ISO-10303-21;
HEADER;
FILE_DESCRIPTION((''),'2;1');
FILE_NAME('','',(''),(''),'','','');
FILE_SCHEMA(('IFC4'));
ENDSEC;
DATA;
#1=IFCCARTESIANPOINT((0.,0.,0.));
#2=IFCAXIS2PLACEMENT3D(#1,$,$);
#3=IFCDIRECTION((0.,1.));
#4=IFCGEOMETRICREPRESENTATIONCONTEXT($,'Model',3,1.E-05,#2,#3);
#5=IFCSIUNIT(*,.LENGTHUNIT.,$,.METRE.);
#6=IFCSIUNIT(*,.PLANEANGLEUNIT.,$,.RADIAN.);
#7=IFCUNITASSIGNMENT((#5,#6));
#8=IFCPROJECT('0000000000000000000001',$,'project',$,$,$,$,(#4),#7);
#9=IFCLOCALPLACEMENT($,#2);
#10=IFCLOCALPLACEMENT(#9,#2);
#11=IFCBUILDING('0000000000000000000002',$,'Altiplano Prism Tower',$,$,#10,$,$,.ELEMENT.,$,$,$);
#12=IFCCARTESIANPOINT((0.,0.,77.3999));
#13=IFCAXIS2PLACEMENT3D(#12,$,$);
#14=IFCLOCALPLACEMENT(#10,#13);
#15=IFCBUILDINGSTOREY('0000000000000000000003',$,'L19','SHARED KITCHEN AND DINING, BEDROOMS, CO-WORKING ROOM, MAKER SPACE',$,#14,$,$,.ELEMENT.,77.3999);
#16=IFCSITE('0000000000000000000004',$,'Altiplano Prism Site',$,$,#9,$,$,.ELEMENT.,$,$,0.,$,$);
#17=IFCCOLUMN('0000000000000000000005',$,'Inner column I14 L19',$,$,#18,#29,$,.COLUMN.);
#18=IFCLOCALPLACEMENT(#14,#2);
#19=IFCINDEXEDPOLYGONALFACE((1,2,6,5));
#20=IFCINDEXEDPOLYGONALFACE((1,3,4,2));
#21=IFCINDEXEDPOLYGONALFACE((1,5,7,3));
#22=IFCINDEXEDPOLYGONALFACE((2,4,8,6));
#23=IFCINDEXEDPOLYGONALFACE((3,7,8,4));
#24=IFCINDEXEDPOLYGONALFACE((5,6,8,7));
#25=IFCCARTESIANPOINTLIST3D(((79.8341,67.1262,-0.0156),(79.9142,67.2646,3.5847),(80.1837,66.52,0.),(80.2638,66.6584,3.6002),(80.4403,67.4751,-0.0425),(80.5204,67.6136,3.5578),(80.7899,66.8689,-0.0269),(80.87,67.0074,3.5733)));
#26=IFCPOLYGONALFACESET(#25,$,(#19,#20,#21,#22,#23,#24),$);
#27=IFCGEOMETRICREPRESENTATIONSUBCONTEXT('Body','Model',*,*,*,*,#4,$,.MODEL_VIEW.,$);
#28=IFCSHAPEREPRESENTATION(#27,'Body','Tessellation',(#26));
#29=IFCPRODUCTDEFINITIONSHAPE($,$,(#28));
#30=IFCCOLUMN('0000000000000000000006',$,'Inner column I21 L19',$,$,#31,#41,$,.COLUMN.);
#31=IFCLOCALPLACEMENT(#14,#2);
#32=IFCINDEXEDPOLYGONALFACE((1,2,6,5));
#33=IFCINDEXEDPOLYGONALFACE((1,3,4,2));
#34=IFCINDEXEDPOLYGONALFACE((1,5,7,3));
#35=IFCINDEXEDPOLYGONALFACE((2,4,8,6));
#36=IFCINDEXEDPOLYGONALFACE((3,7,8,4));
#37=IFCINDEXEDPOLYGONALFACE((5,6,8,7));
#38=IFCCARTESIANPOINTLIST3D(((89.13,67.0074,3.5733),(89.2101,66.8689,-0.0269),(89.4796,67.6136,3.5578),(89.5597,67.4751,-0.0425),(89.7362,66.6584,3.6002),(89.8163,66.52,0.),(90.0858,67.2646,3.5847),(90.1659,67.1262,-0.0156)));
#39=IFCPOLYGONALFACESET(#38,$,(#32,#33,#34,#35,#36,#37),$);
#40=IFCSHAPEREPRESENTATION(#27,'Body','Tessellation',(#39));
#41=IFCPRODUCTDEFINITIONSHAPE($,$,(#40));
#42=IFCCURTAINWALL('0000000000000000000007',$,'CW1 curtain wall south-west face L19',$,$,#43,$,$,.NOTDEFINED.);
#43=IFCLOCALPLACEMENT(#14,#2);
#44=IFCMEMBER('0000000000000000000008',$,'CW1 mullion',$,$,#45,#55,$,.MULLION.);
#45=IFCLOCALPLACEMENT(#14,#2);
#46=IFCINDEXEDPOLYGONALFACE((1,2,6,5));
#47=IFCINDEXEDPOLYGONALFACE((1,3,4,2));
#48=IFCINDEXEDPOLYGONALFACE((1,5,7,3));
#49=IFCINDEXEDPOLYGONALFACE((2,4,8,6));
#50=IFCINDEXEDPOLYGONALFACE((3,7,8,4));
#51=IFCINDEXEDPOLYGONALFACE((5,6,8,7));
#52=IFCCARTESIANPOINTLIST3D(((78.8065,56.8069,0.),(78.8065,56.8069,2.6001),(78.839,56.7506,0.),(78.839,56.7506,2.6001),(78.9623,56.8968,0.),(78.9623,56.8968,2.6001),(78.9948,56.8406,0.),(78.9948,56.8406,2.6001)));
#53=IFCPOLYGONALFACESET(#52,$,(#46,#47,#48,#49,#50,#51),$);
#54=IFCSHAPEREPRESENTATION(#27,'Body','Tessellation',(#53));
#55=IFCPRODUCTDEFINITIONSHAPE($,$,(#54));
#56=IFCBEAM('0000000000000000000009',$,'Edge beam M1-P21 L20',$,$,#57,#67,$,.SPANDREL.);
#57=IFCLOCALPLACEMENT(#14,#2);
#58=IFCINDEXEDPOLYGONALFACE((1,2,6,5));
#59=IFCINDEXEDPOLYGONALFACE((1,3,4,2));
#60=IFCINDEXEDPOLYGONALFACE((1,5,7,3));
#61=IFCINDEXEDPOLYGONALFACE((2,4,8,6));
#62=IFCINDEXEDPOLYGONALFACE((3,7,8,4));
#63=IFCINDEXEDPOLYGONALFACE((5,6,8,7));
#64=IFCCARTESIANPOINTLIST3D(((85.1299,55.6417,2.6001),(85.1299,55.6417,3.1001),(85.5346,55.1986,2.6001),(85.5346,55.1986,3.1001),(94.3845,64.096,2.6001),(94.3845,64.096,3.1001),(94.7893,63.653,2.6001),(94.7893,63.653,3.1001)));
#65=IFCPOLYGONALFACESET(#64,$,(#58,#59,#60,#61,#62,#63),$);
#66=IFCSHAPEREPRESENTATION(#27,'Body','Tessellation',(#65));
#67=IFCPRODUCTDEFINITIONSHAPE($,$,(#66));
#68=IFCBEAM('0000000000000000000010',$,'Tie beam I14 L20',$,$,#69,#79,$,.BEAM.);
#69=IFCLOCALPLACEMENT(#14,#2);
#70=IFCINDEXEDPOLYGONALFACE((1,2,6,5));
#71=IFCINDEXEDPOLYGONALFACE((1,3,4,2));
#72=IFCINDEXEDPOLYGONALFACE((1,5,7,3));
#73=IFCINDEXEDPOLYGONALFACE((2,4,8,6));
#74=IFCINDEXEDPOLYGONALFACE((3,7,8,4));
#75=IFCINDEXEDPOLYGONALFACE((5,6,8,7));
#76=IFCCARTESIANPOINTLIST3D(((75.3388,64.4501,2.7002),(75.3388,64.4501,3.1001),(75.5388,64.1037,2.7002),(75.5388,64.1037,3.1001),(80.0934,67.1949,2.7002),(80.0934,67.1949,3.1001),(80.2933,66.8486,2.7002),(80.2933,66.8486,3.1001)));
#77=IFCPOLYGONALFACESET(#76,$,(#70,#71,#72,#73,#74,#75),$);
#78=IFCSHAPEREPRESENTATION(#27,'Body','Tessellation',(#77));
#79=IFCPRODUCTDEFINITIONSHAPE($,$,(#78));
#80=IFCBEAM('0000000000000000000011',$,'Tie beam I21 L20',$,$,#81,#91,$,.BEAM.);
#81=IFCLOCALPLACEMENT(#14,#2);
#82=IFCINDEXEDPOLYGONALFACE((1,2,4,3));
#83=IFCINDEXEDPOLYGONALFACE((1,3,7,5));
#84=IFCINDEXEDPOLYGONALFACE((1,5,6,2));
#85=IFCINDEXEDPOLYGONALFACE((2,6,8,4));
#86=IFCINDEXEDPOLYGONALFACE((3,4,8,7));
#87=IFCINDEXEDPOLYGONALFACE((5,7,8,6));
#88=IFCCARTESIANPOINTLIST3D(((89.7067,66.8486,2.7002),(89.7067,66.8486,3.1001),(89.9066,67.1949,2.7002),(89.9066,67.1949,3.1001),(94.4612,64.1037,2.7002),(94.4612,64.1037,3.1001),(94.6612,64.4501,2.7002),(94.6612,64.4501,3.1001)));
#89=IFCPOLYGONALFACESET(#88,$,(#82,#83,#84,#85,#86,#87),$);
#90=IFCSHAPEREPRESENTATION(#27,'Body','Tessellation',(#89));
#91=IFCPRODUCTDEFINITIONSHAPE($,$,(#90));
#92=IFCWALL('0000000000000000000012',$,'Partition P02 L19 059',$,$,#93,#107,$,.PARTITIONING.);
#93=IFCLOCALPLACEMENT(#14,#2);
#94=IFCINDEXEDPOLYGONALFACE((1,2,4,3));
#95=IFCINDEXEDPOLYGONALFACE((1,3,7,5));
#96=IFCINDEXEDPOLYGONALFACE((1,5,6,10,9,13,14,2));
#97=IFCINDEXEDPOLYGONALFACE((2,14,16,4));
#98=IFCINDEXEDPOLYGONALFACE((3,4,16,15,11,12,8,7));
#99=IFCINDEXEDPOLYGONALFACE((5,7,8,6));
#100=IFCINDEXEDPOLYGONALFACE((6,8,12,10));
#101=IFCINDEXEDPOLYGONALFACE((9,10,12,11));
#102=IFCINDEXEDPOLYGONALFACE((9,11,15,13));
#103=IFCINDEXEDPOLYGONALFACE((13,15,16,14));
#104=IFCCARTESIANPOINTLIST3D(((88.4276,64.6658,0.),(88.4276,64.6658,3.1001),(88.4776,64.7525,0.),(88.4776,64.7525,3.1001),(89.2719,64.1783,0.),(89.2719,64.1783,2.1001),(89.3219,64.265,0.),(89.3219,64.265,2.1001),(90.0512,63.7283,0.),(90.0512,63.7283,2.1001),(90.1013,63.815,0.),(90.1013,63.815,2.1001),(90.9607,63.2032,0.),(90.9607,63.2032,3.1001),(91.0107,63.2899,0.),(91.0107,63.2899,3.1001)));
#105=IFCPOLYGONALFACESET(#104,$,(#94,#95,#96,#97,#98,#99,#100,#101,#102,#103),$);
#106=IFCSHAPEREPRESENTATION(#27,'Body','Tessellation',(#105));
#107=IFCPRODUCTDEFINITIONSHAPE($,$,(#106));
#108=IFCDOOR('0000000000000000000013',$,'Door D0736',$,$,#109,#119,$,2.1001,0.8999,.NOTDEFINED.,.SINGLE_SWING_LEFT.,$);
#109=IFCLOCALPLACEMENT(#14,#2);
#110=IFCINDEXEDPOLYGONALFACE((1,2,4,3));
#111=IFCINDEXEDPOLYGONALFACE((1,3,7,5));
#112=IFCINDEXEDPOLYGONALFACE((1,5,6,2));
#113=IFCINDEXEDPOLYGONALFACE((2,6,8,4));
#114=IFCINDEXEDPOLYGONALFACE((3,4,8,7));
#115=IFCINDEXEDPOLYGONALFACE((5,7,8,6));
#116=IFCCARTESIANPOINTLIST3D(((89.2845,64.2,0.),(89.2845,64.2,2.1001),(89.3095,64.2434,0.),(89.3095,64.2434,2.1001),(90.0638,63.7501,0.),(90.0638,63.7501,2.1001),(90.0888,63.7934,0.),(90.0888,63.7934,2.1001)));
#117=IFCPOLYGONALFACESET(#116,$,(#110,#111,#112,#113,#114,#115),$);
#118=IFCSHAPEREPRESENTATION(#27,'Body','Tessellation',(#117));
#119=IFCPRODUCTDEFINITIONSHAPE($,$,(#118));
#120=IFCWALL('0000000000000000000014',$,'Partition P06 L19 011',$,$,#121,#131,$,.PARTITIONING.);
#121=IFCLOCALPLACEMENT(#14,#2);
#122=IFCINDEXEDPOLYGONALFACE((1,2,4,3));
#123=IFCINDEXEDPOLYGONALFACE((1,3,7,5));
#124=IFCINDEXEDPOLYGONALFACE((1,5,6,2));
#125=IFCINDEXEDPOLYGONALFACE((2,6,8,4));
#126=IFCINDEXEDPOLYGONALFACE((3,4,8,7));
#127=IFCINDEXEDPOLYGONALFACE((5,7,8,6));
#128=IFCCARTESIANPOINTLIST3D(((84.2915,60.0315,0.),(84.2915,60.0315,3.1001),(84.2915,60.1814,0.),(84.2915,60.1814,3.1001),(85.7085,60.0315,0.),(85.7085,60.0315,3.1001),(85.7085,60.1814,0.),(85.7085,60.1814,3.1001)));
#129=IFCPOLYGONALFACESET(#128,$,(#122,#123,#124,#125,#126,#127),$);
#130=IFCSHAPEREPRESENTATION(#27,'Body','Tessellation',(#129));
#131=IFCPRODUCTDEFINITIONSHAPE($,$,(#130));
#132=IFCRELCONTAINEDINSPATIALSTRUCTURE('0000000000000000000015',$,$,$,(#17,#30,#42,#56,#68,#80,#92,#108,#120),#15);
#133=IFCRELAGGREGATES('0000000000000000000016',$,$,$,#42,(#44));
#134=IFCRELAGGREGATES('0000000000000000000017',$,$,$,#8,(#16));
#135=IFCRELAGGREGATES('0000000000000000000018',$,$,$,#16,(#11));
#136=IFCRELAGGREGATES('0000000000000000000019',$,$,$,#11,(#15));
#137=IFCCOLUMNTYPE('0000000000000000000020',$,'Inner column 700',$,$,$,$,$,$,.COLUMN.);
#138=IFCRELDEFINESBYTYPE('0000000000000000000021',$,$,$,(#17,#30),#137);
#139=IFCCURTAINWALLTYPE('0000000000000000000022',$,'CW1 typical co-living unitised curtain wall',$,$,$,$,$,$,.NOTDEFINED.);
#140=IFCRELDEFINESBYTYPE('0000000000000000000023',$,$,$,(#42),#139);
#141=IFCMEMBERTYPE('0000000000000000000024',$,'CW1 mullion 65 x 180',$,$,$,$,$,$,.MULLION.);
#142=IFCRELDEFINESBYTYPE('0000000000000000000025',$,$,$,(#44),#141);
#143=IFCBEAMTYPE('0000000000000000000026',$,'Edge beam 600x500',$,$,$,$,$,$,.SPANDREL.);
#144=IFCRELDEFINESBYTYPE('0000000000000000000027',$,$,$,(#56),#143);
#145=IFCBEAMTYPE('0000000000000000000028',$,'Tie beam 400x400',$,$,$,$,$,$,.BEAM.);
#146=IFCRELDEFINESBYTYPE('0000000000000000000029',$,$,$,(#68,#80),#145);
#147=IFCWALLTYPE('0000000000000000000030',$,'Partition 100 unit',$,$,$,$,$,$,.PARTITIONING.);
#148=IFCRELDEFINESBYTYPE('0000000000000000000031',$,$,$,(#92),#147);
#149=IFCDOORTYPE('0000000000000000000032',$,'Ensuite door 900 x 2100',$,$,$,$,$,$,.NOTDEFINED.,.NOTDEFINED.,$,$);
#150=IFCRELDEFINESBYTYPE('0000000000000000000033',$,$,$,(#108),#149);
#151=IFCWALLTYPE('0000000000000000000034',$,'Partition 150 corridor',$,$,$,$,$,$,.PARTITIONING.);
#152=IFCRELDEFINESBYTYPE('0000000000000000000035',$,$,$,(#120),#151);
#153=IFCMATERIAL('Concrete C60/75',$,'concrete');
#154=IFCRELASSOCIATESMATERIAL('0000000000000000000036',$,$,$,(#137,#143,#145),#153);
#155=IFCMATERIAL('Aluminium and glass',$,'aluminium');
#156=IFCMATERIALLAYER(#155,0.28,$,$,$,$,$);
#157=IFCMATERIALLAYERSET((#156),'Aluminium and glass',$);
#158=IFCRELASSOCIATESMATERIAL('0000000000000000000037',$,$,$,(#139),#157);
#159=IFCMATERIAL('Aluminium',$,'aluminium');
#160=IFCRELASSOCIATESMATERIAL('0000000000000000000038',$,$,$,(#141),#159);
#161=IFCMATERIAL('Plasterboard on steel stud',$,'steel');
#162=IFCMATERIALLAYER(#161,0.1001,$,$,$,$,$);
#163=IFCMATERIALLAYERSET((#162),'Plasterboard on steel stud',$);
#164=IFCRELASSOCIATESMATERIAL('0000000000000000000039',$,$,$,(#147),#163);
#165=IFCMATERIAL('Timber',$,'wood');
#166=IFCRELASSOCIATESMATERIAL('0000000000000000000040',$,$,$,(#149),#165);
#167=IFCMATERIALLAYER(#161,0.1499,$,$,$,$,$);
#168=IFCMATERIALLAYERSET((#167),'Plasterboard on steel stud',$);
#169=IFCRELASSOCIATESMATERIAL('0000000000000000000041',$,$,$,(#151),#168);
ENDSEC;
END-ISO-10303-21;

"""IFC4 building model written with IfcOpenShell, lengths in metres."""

from ifc_helpers import new_model, si_unit, direction, frame, frame_2d, origin, origin_2d, place, context, subcontext, project, spatial, rectangle, extrude, material, layer, layer_set, material_profile, profile_set, type_object, element, fill, aggregate, save


model = new_model("IFC4")

# Units and contexts
model_context = context("Model", 3, precision=1e-05, world=origin(), true_north=direction((0.0, 1.0)))
body_context = subcontext(model_context, "Body", "Model", "MODEL_VIEW")
ifc_project = project(units=[si_unit("LENGTHUNIT", "METRE"), si_unit("PLANEANGLEUNIT", "RADIAN")], contexts=[model_context])

# Site, building, storey
site_placement = place(None, origin())
site = spatial("IfcSite", under=ifc_project, at=site_placement, Name="Altiplano Prism Site", CompositionType="ELEMENT", RefElevation=0.0)
building_placement = place(site_placement, origin())
building = spatial("IfcBuilding", under=site, at=building_placement, Name="Altiplano Prism Tower", CompositionType="ELEMENT")
storey_placement = place(building_placement, frame((0.0, 0.0, 77.3999)))
storey = spatial("IfcBuildingStorey", under=building, at=storey_placement, Name="L19", Description="SHARED KITCHEN AND DINING, BEDROOMS, CO-WORKING ROOM, MAKER SPACE", CompositionType="ELEMENT", Elevation=77.3999)

# Columns
ifc_material_1 = material(Name="Concrete C60/75", Category="concrete")
ifc_material_profile_1 = material_profile(ifc_material_1, rectangle(XDim=0.7, YDim=0.7, at=origin_2d()), Name="Inner column 700")
ifc_profile_set_1 = profile_set([ifc_material_profile_1], Name="Concrete C60/75")
column_type = type_object("IfcColumnType", Name="Inner column 700", PredefinedType="COLUMN", material=ifc_profile_set_1)
for number, where, z_axis, x_axis, name in (
    (1, (80.312, 66.9976, -0.0212), (0.022221, 0.038413, 0.999015), (-0.866019, -0.498532, 0.038432), "Inner column I14 L19"),
    (2, (89.688, 66.9976, -0.0212), (-0.022221, 0.038413, 0.999015), (-0.499518, -0.86602, 0.022188), "Inner column I21 L19"),
):
    element("IfcColumn", number, at=place(storey_placement, frame(where, z_axis=z_axis, x_axis=x_axis)), inside=storey, type_object=column_type, Name=name, PredefinedType="COLUMN", context=body_context, shape_type="SweptSolid", body=[
        extrude(rectangle(XDim=0.7, YDim=0.7, at=origin_2d()), origin(), (0.0, 0.0, 1.0), 3.6038),
    ])

# Curtain wall, member
ifc_material_2 = material(Name="Aluminium and glass", Category="aluminium")
ifc_layer_1 = layer(ifc_material_2, 0.28)
ifc_layer_set_1 = layer_set([ifc_layer_1], Name="Aluminium and glass")
curtain_wall_type = type_object("IfcCurtainWallType", Name="CW1 typical co-living unitised curtain wall", PredefinedType="NOTDEFINED", material=ifc_layer_set_1)
curtain_wall_placement = place(storey_placement, origin())
curtain_wall = element("IfcCurtainWall", 3, at=curtain_wall_placement, inside=storey, type_object=curtain_wall_type, Name="CW1 curtain wall south-west face L19", PredefinedType="NOTDEFINED")
ifc_material_3 = material(Name="Aluminium", Category="aluminium")
ifc_material_profile_2 = material_profile(ifc_material_3, rectangle(XDim=0.1799, YDim=0.0649, at=origin_2d()), Name="CW1 mullion 65 x 180")
ifc_profile_set_2 = profile_set([ifc_material_profile_2], Name="Aluminium")
member_type = type_object("IfcMemberType", Name="CW1 mullion 65 x 180", PredefinedType="MULLION", material=ifc_profile_set_2)
member_placement = place(storey_placement, frame((78.9006, 56.8237, 0.0), z_axis=(0.0, 0.0, 1.0), x_axis=(0.866025, 0.5, 0.0)))
member = element("IfcMember", 4, at=member_placement, type_object=member_type, Name="CW1 mullion", PredefinedType="MULLION", context=body_context, shape_type="SweptSolid", body=[
    extrude(rectangle(XDim=0.1799, YDim=0.0649, at=origin_2d()), origin(), (0.0, 0.0, 1.0), 2.6001),
])
aggregate(curtain_wall, [member])

# Beams
ifc_material_profile_3 = material_profile(ifc_material_1, rectangle(XDim=0.6001, YDim=0.5, at=origin_2d()), Name="Edge beam 600x500")
ifc_profile_set_3 = profile_set([ifc_material_profile_3], Name="Concrete C60/75")
beam_type_1 = type_object("IfcBeamType", Name="Edge beam 600x500", PredefinedType="SPANDREL", material=ifc_profile_set_3)
beam_placement = place(storey_placement, frame((85.3323, 55.4202, 2.8501), z_axis=(0.738308, 0.674463, 0.0), x_axis=(-0.674463, 0.738308, 0.0)))
element("IfcBeam", 5, at=beam_placement, inside=storey, type_object=beam_type_1, Name="Edge beam M1-P21 L20", PredefinedType="SPANDREL", context=body_context, shape_type="SweptSolid", body=[
    extrude(rectangle(XDim=0.6001, YDim=0.5, at=origin_2d()), origin(), (0.0, 0.0, 1.0), 12.5349),
])
ifc_material_profile_4 = material_profile(ifc_material_1, rectangle(XDim=0.3999, YDim=0.3999, at=origin_2d()), Name="Tie beam 400x400")
ifc_profile_set_4 = profile_set([ifc_material_profile_4], Name="Concrete C60/75")
beam_type_2 = type_object("IfcBeamType", Name="Tie beam 400x400", PredefinedType="BEAM", material=ifc_profile_set_4)
for number, where, z_axis, x_axis, name in (
    (6, (80.1934, 67.0217, 2.9001), (-0.866043, -0.49997, 0.0), (0.49997, -0.866043, 0.0), "Tie beam I14 L20"),
    (7, (89.8066, 67.0217, 2.9001), (0.866043, -0.49997, 0.0), (0.49997, 0.866043, 0.0), "Tie beam I21 L20"),
):
    element("IfcBeam", number, at=place(storey_placement, frame(where, z_axis=z_axis, x_axis=x_axis)), inside=storey, type_object=beam_type_2, Name=name, PredefinedType="BEAM", context=body_context, shape_type="SweptSolid", body=[
        extrude(rectangle(XDim=0.3999, YDim=0.3999, at=origin_2d()), origin(), (0.0, 0.0, 1.0), 5.49),
    ])

# Wall, opening, door
ifc_material_4 = material(Name="Plasterboard on steel stud", Category="steel")
ifc_layer_2 = layer(ifc_material_4, 0.1001)
ifc_layer_set_2 = layer_set([ifc_layer_2], Name="Plasterboard on steel stud")
wall_type_1 = type_object("IfcWallType", Name="Partition 100 unit", PredefinedType="PARTITIONING", material=ifc_layer_set_2)
wall_1_placement = place(storey_placement, frame((90.9856, 63.2466, 0.0), z_axis=(0.0, 0.0, 1.0), x_axis=(-0.86601, 0.500026, 0.0)))
wall_1 = element("IfcWall", 8, at=wall_1_placement, inside=storey, type_object=wall_type_1, Name="Partition P02 L19 059", PredefinedType="PARTITIONING", context=body_context, shape_type="SweptSolid", body=[
    extrude(rectangle(XDim=2.925, YDim=0.1001, at=frame_2d((1.4624, 0.0))), origin(), (0.0, 0.0, 1.0), 3.1001),
])
opening_1_placement = place(wall_1_placement, frame((1.05, 0.0, 0.0)))
opening_1 = element("IfcOpeningElement", 9, at=opening_1_placement, cuts=wall_1, PredefinedType="OPENING", context=body_context, shape_type="SweptSolid", body=[
    extrude(rectangle(XDim=0.8999, YDim=2.1001, at=frame_2d((0.45, 1.05))), frame((0.0, 0.0605, 0.0), z_axis=(0.0, -1.0, 0.0), x_axis=(1.0, 0.0, 0.0)), (0.0, 0.0, 1.0), 0.1211),
])
ifc_material_5 = material(Name="Timber", Category="wood")
door_type_1 = type_object("IfcDoorType", Name="Ensuite door 900 x 2100", OperationType="NOTDEFINED", PredefinedType="NOTDEFINED", material=ifc_material_5)
door_1_placement = place(opening_1_placement, origin())
door_1 = element("IfcDoor", 10, at=door_1_placement, inside=storey, type_object=door_type_1, Name="Door D0736", OperationType="SINGLE_SWING_LEFT", OverallHeight=2.1001, OverallWidth=0.8999, PredefinedType="NOTDEFINED", context=body_context, shape_type="SweptSolid", body=[
    extrude(rectangle(XDim=0.8999, YDim=2.1001, at=frame_2d((0.45, 1.05))), frame((0.0, 0.0249, 0.0), z_axis=(0.0, -1.0, 0.0), x_axis=(1.0, 0.0, 0.0)), (0.0, 0.0, 1.0), 0.05),
])
fill(opening_1, door_1)

# Wall
ifc_layer_3 = layer(ifc_material_4, 0.1499)
ifc_layer_set_3 = layer_set([ifc_layer_3], Name="Plasterboard on steel stud")
wall_type_2 = type_object("IfcWallType", Name="Partition 150 corridor", PredefinedType="PARTITIONING", material=ifc_layer_set_3)
wall_2_placement = place(storey_placement, frame((84.2915, 60.1064, 0.0), z_axis=(0.0, 0.0, 1.0), x_axis=(1.0, 0.0, 0.0)))
element("IfcWall", 11, at=wall_2_placement, inside=storey, type_object=wall_type_2, Name="Partition P06 L19 011", PredefinedType="PARTITIONING", context=body_context, shape_type="SweptSolid", body=[
    extrude(rectangle(XDim=1.417, YDim=0.1499, at=frame_2d((0.7085, 0.0))), origin(), (0.0, 0.0, 1.0), 3.1001),
])

save(model, "model.ifc")
